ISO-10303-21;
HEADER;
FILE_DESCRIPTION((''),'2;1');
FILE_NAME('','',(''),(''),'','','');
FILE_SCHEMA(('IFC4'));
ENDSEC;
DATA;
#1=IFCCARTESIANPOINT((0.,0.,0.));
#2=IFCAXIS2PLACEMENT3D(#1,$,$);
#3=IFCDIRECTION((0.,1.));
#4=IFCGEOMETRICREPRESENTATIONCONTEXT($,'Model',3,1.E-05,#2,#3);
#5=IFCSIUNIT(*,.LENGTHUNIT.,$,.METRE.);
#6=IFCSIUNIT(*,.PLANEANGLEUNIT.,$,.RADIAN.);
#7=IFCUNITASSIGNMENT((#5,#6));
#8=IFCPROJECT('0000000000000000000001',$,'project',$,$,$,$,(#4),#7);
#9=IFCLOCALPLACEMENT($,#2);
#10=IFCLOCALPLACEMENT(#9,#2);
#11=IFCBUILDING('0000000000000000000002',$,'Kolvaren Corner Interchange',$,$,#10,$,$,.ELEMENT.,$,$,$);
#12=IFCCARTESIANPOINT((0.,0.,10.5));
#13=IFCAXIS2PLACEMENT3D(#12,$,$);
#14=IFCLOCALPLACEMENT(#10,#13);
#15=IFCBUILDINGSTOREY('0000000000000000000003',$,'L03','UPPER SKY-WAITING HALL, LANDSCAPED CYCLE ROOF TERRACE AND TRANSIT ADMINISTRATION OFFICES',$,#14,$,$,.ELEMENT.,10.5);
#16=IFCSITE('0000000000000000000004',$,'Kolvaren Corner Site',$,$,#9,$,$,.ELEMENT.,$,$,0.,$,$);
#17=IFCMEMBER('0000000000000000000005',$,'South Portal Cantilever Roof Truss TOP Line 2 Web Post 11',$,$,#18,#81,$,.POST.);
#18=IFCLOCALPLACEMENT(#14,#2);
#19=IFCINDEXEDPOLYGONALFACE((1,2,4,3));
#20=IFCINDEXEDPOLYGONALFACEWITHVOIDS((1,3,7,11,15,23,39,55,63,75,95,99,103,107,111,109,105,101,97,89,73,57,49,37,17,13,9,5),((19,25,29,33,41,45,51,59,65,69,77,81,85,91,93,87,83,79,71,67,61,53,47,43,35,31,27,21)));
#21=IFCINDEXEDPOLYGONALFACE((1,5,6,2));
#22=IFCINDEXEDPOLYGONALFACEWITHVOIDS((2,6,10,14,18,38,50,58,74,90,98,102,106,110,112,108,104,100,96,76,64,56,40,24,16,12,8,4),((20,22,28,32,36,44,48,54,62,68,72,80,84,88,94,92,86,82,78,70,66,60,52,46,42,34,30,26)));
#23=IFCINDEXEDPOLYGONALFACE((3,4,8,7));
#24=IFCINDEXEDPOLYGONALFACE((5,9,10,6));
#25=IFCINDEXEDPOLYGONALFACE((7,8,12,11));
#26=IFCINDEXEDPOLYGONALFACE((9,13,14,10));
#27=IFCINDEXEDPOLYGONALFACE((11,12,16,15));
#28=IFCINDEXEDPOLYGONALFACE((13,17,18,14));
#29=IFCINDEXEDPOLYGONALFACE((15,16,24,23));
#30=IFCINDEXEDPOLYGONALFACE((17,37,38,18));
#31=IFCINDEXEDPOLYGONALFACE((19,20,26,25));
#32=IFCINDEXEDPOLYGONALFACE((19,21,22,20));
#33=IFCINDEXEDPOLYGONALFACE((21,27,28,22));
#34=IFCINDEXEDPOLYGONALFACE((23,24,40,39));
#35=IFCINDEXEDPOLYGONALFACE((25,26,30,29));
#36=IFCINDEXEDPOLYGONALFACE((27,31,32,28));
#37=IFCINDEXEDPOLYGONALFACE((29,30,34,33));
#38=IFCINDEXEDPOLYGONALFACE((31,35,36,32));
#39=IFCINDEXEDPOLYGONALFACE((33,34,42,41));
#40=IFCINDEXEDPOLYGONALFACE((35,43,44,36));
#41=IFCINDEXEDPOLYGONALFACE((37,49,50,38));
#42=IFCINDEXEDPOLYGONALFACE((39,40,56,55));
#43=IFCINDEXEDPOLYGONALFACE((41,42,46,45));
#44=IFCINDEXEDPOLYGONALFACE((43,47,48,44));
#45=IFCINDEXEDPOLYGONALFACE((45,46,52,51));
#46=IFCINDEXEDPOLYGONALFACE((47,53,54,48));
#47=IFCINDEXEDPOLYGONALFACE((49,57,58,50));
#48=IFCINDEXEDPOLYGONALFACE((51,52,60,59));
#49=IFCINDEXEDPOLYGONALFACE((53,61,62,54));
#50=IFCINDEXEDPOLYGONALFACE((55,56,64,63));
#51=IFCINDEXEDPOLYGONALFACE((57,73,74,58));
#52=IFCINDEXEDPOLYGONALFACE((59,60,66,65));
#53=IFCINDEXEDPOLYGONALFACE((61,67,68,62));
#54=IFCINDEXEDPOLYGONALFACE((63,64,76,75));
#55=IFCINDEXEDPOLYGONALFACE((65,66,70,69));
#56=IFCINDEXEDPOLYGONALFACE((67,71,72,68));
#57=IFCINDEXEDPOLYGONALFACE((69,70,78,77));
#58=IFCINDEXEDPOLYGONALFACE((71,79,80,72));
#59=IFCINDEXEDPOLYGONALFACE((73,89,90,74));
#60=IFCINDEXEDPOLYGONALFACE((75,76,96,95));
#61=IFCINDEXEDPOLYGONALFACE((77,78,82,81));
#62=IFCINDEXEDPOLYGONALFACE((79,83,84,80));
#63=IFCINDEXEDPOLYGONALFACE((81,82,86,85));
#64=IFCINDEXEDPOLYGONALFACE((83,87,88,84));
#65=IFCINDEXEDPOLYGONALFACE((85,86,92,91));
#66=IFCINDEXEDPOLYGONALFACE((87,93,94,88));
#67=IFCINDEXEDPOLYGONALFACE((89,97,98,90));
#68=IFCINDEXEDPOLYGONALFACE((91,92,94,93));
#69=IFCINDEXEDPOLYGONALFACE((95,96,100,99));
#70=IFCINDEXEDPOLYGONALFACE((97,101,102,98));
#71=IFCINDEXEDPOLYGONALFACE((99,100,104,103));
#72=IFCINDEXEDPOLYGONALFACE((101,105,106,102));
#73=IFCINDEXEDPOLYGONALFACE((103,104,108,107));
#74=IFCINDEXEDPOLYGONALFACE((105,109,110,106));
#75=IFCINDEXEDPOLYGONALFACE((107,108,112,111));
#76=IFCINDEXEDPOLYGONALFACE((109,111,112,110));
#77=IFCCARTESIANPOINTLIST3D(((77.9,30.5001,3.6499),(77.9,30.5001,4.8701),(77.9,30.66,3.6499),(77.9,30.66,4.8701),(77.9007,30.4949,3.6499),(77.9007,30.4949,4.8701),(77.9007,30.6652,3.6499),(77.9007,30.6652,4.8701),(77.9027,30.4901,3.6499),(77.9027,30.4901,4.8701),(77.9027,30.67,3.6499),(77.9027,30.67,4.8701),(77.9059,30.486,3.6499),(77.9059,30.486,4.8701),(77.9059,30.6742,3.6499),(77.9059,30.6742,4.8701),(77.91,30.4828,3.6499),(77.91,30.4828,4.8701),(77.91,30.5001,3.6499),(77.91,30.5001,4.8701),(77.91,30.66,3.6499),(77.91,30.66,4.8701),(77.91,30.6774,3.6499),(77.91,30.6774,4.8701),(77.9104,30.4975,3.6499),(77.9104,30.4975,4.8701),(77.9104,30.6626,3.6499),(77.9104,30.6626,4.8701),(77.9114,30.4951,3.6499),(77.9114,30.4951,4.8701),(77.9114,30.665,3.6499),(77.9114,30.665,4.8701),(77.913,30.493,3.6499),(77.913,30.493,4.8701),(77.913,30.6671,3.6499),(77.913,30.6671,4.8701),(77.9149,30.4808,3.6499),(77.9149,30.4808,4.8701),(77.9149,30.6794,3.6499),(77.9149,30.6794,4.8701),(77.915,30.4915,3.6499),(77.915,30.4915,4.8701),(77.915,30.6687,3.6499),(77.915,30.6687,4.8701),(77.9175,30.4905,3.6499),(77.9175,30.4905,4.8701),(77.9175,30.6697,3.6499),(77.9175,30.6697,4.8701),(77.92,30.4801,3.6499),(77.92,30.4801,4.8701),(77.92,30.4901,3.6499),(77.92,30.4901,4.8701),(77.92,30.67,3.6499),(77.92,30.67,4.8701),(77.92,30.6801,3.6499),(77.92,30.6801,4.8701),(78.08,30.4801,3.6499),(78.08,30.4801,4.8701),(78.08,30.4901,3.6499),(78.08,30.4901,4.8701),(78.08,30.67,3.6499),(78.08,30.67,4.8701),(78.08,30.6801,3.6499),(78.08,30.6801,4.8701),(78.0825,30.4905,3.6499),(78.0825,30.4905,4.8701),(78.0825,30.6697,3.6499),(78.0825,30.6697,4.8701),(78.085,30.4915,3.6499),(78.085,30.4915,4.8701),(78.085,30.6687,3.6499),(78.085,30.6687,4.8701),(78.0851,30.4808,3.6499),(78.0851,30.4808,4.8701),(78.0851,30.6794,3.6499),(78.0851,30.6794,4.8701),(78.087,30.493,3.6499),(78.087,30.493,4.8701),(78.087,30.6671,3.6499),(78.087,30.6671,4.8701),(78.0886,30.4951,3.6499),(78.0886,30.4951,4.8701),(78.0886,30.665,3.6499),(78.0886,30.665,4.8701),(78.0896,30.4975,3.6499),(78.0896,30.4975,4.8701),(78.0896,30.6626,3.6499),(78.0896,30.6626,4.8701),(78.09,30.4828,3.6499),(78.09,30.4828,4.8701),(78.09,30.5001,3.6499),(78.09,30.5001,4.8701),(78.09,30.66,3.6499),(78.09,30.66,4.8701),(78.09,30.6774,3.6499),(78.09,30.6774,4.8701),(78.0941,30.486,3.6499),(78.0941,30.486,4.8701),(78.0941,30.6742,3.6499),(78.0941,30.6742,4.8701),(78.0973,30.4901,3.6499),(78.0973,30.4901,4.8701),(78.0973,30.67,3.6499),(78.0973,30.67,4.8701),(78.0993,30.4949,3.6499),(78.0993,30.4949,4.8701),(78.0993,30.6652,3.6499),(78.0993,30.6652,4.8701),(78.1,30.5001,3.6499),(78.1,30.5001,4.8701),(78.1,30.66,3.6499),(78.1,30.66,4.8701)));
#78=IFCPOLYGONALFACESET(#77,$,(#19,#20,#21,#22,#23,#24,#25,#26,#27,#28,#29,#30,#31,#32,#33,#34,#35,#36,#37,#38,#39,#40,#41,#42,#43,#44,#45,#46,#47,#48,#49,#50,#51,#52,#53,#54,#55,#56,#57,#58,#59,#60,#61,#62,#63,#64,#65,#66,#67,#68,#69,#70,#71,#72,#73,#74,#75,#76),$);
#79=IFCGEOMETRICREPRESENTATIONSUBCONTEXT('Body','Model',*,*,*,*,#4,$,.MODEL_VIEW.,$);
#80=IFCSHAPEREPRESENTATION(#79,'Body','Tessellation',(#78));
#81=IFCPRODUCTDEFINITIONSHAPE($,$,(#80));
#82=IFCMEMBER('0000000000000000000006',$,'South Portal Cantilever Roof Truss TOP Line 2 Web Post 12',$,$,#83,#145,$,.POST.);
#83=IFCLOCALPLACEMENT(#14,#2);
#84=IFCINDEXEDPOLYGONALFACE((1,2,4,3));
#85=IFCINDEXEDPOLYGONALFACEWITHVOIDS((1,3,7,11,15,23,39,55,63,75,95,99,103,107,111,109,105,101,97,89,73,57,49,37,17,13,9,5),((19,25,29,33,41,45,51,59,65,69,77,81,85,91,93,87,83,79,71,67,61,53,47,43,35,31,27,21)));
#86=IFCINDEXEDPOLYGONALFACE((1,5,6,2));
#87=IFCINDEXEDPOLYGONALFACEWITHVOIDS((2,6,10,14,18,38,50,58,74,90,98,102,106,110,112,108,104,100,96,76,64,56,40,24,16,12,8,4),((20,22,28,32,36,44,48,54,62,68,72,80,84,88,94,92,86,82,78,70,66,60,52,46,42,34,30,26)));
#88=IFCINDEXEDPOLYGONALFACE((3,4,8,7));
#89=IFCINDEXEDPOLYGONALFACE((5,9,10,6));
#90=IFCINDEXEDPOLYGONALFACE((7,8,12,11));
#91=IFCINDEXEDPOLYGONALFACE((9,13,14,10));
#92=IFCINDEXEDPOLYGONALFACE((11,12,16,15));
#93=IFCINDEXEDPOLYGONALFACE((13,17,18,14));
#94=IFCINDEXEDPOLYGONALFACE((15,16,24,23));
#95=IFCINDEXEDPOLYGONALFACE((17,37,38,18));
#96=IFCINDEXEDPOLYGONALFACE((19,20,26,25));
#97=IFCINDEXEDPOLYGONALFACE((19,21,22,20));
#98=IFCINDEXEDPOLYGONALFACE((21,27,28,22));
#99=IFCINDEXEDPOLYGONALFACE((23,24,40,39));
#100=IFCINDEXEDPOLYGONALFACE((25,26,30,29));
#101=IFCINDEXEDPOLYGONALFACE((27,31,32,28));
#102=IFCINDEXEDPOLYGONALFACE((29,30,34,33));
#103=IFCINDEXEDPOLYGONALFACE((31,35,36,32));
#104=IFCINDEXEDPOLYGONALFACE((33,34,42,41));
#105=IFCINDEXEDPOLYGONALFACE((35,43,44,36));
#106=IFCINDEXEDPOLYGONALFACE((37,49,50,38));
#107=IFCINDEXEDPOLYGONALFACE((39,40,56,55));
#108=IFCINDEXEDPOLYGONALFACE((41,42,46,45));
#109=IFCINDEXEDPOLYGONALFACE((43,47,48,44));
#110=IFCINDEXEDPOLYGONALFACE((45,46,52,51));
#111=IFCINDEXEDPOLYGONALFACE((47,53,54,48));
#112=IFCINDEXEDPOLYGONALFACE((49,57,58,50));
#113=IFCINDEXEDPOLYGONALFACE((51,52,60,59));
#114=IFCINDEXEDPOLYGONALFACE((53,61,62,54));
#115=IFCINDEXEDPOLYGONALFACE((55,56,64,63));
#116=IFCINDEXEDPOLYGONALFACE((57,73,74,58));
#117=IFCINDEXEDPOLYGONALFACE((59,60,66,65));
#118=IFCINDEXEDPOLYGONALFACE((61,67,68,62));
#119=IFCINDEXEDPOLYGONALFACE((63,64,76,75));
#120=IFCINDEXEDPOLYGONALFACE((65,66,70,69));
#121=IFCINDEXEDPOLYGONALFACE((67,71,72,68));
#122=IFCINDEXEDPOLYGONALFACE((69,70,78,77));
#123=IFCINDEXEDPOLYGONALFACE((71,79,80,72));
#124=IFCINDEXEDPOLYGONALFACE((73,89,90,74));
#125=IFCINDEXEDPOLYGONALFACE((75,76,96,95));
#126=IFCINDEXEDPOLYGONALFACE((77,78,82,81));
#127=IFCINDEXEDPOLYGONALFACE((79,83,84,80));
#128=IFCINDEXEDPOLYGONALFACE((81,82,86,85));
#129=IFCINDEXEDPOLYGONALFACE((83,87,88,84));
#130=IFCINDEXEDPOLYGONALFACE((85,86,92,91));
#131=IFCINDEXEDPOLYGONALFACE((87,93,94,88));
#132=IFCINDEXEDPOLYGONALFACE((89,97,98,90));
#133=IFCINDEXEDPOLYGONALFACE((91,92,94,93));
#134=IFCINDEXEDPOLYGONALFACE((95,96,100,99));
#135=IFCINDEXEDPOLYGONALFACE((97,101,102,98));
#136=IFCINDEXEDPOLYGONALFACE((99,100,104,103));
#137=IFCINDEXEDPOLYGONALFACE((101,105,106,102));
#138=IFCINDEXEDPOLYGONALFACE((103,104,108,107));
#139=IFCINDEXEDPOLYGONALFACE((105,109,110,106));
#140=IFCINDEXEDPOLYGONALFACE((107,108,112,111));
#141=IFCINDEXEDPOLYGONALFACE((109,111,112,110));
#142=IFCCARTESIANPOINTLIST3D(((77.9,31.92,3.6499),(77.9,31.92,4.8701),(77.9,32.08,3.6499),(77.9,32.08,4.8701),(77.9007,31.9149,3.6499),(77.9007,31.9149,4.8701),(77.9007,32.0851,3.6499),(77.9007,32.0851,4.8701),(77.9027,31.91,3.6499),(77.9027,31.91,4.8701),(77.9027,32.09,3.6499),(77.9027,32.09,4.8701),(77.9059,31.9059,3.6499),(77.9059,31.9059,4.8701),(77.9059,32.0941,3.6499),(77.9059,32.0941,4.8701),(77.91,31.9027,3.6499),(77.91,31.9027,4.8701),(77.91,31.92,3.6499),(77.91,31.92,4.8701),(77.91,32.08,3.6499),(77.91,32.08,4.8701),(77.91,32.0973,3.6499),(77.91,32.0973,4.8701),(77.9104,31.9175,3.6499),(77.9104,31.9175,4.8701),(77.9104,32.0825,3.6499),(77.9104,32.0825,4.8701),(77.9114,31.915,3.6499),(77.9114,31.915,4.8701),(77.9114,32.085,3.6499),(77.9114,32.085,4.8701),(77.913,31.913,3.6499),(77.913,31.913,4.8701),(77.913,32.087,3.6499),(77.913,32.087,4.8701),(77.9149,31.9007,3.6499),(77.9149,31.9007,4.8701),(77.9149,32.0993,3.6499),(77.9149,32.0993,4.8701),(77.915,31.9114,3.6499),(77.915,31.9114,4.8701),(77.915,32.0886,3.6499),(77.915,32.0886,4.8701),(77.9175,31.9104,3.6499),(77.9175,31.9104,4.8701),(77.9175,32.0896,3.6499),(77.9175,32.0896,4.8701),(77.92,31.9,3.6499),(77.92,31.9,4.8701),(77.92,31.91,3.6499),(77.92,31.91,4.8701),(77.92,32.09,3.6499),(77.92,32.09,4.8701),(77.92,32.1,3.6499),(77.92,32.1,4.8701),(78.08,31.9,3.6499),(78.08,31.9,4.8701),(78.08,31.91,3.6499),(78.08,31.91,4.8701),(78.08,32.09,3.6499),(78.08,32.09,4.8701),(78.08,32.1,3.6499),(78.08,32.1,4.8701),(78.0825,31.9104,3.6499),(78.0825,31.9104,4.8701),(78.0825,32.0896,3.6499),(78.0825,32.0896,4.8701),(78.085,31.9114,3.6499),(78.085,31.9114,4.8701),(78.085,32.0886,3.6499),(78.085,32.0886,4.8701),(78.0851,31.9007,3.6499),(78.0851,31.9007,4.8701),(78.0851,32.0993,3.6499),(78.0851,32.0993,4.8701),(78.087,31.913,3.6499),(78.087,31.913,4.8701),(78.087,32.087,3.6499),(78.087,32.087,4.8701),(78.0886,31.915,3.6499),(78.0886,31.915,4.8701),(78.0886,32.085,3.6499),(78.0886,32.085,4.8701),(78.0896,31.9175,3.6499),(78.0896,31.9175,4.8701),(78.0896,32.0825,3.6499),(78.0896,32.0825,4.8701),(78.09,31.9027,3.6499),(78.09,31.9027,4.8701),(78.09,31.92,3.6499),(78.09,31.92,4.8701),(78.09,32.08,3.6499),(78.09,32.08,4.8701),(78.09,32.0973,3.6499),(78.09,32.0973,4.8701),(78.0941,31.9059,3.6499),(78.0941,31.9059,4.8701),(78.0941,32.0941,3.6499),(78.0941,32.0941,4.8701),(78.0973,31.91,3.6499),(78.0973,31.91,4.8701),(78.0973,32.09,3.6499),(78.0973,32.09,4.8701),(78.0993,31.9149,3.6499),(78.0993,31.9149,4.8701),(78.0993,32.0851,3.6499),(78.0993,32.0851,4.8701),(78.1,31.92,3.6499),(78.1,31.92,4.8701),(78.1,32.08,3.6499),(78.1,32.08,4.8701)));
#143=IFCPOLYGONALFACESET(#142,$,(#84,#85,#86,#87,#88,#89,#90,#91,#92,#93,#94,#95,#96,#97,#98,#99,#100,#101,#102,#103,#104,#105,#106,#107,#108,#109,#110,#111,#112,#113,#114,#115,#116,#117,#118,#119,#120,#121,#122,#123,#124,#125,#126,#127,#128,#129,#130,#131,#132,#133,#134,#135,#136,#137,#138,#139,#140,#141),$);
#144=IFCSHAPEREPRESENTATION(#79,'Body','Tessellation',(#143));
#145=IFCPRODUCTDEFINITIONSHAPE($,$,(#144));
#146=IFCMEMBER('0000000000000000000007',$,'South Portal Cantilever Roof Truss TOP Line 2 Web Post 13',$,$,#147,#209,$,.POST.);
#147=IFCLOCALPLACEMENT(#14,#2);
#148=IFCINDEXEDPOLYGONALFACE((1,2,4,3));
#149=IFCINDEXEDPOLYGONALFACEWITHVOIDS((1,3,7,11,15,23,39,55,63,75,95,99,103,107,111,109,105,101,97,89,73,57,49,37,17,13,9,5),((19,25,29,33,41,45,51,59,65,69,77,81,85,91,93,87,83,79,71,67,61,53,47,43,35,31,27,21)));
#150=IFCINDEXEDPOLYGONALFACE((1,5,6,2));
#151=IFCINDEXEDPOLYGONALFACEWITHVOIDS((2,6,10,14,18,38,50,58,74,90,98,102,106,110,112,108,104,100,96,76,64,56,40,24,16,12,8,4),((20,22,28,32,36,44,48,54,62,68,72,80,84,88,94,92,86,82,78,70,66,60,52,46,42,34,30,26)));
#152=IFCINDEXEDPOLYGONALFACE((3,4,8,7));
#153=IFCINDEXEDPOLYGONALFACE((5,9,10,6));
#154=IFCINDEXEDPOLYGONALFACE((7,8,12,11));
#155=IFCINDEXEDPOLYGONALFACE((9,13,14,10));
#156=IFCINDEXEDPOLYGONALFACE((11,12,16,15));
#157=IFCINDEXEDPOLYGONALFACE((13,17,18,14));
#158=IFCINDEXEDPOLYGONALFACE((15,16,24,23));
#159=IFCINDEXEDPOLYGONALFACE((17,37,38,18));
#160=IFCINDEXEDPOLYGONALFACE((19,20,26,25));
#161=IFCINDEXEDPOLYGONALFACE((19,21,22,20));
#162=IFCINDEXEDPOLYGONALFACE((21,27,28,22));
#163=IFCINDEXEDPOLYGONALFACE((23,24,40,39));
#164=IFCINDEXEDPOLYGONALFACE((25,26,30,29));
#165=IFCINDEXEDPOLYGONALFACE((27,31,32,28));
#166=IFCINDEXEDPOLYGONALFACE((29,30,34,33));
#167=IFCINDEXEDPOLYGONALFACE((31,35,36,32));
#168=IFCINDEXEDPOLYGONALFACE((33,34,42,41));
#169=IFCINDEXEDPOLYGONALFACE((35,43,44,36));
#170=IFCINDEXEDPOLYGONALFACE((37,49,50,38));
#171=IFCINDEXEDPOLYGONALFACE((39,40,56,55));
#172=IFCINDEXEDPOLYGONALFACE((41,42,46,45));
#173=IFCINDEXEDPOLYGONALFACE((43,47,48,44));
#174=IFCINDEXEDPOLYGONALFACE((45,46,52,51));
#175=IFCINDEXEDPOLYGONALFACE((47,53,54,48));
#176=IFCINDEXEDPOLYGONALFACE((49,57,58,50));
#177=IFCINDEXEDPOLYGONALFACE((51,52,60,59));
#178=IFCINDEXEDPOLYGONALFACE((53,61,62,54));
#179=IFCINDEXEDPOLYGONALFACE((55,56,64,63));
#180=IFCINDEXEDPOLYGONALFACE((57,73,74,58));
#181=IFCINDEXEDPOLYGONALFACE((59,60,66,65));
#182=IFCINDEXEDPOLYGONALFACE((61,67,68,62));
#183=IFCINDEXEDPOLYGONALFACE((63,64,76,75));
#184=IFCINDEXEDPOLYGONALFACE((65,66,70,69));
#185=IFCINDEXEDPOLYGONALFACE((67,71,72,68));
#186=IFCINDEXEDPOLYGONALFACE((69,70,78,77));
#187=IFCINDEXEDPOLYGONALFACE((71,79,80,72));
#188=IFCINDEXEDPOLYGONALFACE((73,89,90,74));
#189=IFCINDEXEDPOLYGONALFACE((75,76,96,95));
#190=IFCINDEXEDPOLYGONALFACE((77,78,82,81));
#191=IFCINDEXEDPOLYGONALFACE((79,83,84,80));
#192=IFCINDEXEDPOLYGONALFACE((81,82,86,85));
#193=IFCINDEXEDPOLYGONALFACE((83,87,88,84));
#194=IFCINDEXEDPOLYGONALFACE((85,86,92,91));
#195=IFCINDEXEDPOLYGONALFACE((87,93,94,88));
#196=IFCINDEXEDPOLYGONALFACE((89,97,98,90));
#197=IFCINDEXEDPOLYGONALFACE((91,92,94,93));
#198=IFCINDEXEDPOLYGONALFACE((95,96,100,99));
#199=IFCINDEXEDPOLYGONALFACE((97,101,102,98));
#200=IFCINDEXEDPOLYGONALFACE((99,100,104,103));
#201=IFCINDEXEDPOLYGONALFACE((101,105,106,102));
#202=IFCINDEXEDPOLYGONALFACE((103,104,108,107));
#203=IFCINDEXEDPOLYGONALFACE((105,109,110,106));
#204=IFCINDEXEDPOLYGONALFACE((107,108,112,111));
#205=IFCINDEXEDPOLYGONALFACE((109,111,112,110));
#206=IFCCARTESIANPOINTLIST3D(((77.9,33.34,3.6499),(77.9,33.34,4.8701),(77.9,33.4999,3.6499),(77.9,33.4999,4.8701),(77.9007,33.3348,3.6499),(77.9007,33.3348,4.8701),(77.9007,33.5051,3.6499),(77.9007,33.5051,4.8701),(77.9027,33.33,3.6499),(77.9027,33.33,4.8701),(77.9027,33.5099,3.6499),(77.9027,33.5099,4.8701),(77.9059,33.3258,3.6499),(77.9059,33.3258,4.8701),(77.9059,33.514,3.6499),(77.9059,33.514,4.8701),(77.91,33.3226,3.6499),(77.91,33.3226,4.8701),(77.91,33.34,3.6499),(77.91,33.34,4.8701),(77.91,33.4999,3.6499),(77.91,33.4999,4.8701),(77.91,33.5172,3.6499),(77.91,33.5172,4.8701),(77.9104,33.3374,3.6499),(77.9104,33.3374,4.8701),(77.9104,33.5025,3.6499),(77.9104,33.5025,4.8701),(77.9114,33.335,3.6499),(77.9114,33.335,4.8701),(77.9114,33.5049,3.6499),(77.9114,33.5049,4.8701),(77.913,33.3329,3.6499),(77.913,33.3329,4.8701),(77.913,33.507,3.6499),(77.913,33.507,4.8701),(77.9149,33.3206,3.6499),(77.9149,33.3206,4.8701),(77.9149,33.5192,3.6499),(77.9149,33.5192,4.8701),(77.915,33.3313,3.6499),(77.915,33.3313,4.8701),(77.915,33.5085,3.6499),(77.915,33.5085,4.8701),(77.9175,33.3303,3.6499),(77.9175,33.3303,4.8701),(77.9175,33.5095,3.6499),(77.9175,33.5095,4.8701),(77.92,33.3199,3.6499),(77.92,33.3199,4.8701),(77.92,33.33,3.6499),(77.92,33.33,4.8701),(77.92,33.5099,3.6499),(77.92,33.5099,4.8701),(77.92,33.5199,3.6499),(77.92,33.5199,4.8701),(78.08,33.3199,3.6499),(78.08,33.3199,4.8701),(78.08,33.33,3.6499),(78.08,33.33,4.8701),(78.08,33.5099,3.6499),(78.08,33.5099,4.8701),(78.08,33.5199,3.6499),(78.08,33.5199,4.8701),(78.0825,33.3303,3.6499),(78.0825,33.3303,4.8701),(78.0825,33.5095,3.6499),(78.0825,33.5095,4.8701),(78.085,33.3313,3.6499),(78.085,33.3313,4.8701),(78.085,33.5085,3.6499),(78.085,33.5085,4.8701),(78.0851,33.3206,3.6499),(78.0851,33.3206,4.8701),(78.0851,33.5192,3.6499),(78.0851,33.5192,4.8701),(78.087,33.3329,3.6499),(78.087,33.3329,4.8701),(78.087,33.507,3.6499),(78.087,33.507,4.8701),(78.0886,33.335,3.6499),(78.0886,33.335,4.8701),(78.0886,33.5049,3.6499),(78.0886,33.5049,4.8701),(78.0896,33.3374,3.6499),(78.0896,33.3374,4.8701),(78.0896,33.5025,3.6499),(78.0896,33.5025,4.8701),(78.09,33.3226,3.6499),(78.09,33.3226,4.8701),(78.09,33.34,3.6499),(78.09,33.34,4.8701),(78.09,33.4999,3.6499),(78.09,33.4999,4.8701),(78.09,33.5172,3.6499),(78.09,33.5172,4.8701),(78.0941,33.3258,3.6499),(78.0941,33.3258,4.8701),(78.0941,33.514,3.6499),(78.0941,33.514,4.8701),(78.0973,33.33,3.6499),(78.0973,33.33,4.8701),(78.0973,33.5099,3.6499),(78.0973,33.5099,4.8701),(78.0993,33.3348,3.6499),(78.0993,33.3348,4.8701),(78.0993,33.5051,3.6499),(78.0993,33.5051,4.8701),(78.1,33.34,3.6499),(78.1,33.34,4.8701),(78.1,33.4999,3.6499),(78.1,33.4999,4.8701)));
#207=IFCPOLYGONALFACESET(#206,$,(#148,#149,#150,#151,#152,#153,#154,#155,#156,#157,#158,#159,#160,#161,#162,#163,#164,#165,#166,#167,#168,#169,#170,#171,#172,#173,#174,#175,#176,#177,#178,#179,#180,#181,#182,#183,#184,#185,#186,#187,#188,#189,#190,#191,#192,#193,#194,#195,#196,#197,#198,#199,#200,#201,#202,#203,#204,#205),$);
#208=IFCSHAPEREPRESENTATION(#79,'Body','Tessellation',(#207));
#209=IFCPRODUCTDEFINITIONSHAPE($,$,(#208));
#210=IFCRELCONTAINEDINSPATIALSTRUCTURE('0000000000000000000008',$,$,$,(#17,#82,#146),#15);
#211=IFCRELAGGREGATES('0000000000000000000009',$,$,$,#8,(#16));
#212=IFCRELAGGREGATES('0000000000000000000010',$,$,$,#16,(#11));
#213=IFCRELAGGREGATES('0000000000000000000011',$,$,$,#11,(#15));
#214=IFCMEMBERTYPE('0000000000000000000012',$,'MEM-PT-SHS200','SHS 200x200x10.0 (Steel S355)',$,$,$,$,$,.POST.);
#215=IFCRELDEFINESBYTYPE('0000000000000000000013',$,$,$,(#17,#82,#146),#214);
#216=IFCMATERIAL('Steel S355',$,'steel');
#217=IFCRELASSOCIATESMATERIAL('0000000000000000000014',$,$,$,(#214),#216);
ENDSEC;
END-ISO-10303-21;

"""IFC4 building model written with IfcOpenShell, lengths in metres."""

from ifc_helpers import new_model, si_unit, direction, frame, origin, origin_2d, place, context, subcontext, project, spatial, hollow_rectangle, extrude, material, material_profile, profile_set, type_object, element, save


model = new_model("IFC4")

# Units and contexts
model_context = context("Model", 3, precision=1e-05, world=origin(), true_north=direction((0.0, 1.0)))
body_context = subcontext(model_context, "Body", "Model", "MODEL_VIEW")
ifc_project = project(units=[si_unit("LENGTHUNIT", "METRE"), si_unit("PLANEANGLEUNIT", "RADIAN")], contexts=[model_context])

# Site, building, storey
site_placement = place(None, origin())
site = spatial("IfcSite", under=ifc_project, at=site_placement, Name="Kolvaren Corner Site", CompositionType="ELEMENT", RefElevation=0.0)
building_placement = place(site_placement, origin())
building = spatial("IfcBuilding", under=site, at=building_placement, Name="Kolvaren Corner Interchange", CompositionType="ELEMENT")
storey_placement = place(building_placement, frame((0.0, 0.0, 10.5)))
storey = spatial("IfcBuildingStorey", under=building, at=storey_placement, Name="L03", Description="UPPER SKY-WAITING HALL, LANDSCAPED CYCLE ROOF TERRACE AND TRANSIT ADMINISTRATION OFFICES", CompositionType="ELEMENT", Elevation=10.5)

# Members
ifc_material_1 = material(Name="Steel S355", Category="steel")
ifc_material_profile_1 = material_profile(ifc_material_1, hollow_rectangle(XDim=0.2, YDim=0.2, WallThickness=0.01, InnerFilletRadius=0.01, OuterFilletRadius=0.02, at=origin_2d()), Name="SHS 200x200x10.0")
ifc_profile_set_1 = profile_set([ifc_material_profile_1], Name="Steel S355")
member_type_1 = type_object("IfcMemberType", Name="MEM-PT-SHS200", Description="SHS 200x200x10.0 (Steel S355)", PredefinedType="POST", material=ifc_profile_set_1)
for number, where, z_axis, x_axis, name in (
    (1, (78.0, 30.5801, 3.6499), (0.0, 0.0, 1.0), (1.0, 0.0, 0.0), "South Portal Cantilever Roof Truss TOP Line 2 Web Post 11"),
    (2, (78.0, 32.0, 3.6499), (0.0, 0.0, 1.0), (1.0, 0.0, 0.0), "South Portal Cantilever Roof Truss TOP Line 2 Web Post 12"),
    (3, (78.0, 33.4199, 3.6499), (0.0, 0.0, 1.0), (1.0, 0.0, 0.0), "South Portal Cantilever Roof Truss TOP Line 2 Web Post 13"),
):
    element("IfcMember", number, at=place(storey_placement, frame(where, z_axis=z_axis, x_axis=x_axis)), inside=storey, type_object=member_type_1, Name=name, PredefinedType="POST", context=body_context, shape_type="SweptSolid", body=[
        extrude(hollow_rectangle(XDim=0.2, YDim=0.2, WallThickness=0.01, InnerFilletRadius=0.01, OuterFilletRadius=0.02, at=origin_2d()), origin(), (0.0, 0.0, 1.0), 1.2202),
    ])

save(model, "model.ifc")
